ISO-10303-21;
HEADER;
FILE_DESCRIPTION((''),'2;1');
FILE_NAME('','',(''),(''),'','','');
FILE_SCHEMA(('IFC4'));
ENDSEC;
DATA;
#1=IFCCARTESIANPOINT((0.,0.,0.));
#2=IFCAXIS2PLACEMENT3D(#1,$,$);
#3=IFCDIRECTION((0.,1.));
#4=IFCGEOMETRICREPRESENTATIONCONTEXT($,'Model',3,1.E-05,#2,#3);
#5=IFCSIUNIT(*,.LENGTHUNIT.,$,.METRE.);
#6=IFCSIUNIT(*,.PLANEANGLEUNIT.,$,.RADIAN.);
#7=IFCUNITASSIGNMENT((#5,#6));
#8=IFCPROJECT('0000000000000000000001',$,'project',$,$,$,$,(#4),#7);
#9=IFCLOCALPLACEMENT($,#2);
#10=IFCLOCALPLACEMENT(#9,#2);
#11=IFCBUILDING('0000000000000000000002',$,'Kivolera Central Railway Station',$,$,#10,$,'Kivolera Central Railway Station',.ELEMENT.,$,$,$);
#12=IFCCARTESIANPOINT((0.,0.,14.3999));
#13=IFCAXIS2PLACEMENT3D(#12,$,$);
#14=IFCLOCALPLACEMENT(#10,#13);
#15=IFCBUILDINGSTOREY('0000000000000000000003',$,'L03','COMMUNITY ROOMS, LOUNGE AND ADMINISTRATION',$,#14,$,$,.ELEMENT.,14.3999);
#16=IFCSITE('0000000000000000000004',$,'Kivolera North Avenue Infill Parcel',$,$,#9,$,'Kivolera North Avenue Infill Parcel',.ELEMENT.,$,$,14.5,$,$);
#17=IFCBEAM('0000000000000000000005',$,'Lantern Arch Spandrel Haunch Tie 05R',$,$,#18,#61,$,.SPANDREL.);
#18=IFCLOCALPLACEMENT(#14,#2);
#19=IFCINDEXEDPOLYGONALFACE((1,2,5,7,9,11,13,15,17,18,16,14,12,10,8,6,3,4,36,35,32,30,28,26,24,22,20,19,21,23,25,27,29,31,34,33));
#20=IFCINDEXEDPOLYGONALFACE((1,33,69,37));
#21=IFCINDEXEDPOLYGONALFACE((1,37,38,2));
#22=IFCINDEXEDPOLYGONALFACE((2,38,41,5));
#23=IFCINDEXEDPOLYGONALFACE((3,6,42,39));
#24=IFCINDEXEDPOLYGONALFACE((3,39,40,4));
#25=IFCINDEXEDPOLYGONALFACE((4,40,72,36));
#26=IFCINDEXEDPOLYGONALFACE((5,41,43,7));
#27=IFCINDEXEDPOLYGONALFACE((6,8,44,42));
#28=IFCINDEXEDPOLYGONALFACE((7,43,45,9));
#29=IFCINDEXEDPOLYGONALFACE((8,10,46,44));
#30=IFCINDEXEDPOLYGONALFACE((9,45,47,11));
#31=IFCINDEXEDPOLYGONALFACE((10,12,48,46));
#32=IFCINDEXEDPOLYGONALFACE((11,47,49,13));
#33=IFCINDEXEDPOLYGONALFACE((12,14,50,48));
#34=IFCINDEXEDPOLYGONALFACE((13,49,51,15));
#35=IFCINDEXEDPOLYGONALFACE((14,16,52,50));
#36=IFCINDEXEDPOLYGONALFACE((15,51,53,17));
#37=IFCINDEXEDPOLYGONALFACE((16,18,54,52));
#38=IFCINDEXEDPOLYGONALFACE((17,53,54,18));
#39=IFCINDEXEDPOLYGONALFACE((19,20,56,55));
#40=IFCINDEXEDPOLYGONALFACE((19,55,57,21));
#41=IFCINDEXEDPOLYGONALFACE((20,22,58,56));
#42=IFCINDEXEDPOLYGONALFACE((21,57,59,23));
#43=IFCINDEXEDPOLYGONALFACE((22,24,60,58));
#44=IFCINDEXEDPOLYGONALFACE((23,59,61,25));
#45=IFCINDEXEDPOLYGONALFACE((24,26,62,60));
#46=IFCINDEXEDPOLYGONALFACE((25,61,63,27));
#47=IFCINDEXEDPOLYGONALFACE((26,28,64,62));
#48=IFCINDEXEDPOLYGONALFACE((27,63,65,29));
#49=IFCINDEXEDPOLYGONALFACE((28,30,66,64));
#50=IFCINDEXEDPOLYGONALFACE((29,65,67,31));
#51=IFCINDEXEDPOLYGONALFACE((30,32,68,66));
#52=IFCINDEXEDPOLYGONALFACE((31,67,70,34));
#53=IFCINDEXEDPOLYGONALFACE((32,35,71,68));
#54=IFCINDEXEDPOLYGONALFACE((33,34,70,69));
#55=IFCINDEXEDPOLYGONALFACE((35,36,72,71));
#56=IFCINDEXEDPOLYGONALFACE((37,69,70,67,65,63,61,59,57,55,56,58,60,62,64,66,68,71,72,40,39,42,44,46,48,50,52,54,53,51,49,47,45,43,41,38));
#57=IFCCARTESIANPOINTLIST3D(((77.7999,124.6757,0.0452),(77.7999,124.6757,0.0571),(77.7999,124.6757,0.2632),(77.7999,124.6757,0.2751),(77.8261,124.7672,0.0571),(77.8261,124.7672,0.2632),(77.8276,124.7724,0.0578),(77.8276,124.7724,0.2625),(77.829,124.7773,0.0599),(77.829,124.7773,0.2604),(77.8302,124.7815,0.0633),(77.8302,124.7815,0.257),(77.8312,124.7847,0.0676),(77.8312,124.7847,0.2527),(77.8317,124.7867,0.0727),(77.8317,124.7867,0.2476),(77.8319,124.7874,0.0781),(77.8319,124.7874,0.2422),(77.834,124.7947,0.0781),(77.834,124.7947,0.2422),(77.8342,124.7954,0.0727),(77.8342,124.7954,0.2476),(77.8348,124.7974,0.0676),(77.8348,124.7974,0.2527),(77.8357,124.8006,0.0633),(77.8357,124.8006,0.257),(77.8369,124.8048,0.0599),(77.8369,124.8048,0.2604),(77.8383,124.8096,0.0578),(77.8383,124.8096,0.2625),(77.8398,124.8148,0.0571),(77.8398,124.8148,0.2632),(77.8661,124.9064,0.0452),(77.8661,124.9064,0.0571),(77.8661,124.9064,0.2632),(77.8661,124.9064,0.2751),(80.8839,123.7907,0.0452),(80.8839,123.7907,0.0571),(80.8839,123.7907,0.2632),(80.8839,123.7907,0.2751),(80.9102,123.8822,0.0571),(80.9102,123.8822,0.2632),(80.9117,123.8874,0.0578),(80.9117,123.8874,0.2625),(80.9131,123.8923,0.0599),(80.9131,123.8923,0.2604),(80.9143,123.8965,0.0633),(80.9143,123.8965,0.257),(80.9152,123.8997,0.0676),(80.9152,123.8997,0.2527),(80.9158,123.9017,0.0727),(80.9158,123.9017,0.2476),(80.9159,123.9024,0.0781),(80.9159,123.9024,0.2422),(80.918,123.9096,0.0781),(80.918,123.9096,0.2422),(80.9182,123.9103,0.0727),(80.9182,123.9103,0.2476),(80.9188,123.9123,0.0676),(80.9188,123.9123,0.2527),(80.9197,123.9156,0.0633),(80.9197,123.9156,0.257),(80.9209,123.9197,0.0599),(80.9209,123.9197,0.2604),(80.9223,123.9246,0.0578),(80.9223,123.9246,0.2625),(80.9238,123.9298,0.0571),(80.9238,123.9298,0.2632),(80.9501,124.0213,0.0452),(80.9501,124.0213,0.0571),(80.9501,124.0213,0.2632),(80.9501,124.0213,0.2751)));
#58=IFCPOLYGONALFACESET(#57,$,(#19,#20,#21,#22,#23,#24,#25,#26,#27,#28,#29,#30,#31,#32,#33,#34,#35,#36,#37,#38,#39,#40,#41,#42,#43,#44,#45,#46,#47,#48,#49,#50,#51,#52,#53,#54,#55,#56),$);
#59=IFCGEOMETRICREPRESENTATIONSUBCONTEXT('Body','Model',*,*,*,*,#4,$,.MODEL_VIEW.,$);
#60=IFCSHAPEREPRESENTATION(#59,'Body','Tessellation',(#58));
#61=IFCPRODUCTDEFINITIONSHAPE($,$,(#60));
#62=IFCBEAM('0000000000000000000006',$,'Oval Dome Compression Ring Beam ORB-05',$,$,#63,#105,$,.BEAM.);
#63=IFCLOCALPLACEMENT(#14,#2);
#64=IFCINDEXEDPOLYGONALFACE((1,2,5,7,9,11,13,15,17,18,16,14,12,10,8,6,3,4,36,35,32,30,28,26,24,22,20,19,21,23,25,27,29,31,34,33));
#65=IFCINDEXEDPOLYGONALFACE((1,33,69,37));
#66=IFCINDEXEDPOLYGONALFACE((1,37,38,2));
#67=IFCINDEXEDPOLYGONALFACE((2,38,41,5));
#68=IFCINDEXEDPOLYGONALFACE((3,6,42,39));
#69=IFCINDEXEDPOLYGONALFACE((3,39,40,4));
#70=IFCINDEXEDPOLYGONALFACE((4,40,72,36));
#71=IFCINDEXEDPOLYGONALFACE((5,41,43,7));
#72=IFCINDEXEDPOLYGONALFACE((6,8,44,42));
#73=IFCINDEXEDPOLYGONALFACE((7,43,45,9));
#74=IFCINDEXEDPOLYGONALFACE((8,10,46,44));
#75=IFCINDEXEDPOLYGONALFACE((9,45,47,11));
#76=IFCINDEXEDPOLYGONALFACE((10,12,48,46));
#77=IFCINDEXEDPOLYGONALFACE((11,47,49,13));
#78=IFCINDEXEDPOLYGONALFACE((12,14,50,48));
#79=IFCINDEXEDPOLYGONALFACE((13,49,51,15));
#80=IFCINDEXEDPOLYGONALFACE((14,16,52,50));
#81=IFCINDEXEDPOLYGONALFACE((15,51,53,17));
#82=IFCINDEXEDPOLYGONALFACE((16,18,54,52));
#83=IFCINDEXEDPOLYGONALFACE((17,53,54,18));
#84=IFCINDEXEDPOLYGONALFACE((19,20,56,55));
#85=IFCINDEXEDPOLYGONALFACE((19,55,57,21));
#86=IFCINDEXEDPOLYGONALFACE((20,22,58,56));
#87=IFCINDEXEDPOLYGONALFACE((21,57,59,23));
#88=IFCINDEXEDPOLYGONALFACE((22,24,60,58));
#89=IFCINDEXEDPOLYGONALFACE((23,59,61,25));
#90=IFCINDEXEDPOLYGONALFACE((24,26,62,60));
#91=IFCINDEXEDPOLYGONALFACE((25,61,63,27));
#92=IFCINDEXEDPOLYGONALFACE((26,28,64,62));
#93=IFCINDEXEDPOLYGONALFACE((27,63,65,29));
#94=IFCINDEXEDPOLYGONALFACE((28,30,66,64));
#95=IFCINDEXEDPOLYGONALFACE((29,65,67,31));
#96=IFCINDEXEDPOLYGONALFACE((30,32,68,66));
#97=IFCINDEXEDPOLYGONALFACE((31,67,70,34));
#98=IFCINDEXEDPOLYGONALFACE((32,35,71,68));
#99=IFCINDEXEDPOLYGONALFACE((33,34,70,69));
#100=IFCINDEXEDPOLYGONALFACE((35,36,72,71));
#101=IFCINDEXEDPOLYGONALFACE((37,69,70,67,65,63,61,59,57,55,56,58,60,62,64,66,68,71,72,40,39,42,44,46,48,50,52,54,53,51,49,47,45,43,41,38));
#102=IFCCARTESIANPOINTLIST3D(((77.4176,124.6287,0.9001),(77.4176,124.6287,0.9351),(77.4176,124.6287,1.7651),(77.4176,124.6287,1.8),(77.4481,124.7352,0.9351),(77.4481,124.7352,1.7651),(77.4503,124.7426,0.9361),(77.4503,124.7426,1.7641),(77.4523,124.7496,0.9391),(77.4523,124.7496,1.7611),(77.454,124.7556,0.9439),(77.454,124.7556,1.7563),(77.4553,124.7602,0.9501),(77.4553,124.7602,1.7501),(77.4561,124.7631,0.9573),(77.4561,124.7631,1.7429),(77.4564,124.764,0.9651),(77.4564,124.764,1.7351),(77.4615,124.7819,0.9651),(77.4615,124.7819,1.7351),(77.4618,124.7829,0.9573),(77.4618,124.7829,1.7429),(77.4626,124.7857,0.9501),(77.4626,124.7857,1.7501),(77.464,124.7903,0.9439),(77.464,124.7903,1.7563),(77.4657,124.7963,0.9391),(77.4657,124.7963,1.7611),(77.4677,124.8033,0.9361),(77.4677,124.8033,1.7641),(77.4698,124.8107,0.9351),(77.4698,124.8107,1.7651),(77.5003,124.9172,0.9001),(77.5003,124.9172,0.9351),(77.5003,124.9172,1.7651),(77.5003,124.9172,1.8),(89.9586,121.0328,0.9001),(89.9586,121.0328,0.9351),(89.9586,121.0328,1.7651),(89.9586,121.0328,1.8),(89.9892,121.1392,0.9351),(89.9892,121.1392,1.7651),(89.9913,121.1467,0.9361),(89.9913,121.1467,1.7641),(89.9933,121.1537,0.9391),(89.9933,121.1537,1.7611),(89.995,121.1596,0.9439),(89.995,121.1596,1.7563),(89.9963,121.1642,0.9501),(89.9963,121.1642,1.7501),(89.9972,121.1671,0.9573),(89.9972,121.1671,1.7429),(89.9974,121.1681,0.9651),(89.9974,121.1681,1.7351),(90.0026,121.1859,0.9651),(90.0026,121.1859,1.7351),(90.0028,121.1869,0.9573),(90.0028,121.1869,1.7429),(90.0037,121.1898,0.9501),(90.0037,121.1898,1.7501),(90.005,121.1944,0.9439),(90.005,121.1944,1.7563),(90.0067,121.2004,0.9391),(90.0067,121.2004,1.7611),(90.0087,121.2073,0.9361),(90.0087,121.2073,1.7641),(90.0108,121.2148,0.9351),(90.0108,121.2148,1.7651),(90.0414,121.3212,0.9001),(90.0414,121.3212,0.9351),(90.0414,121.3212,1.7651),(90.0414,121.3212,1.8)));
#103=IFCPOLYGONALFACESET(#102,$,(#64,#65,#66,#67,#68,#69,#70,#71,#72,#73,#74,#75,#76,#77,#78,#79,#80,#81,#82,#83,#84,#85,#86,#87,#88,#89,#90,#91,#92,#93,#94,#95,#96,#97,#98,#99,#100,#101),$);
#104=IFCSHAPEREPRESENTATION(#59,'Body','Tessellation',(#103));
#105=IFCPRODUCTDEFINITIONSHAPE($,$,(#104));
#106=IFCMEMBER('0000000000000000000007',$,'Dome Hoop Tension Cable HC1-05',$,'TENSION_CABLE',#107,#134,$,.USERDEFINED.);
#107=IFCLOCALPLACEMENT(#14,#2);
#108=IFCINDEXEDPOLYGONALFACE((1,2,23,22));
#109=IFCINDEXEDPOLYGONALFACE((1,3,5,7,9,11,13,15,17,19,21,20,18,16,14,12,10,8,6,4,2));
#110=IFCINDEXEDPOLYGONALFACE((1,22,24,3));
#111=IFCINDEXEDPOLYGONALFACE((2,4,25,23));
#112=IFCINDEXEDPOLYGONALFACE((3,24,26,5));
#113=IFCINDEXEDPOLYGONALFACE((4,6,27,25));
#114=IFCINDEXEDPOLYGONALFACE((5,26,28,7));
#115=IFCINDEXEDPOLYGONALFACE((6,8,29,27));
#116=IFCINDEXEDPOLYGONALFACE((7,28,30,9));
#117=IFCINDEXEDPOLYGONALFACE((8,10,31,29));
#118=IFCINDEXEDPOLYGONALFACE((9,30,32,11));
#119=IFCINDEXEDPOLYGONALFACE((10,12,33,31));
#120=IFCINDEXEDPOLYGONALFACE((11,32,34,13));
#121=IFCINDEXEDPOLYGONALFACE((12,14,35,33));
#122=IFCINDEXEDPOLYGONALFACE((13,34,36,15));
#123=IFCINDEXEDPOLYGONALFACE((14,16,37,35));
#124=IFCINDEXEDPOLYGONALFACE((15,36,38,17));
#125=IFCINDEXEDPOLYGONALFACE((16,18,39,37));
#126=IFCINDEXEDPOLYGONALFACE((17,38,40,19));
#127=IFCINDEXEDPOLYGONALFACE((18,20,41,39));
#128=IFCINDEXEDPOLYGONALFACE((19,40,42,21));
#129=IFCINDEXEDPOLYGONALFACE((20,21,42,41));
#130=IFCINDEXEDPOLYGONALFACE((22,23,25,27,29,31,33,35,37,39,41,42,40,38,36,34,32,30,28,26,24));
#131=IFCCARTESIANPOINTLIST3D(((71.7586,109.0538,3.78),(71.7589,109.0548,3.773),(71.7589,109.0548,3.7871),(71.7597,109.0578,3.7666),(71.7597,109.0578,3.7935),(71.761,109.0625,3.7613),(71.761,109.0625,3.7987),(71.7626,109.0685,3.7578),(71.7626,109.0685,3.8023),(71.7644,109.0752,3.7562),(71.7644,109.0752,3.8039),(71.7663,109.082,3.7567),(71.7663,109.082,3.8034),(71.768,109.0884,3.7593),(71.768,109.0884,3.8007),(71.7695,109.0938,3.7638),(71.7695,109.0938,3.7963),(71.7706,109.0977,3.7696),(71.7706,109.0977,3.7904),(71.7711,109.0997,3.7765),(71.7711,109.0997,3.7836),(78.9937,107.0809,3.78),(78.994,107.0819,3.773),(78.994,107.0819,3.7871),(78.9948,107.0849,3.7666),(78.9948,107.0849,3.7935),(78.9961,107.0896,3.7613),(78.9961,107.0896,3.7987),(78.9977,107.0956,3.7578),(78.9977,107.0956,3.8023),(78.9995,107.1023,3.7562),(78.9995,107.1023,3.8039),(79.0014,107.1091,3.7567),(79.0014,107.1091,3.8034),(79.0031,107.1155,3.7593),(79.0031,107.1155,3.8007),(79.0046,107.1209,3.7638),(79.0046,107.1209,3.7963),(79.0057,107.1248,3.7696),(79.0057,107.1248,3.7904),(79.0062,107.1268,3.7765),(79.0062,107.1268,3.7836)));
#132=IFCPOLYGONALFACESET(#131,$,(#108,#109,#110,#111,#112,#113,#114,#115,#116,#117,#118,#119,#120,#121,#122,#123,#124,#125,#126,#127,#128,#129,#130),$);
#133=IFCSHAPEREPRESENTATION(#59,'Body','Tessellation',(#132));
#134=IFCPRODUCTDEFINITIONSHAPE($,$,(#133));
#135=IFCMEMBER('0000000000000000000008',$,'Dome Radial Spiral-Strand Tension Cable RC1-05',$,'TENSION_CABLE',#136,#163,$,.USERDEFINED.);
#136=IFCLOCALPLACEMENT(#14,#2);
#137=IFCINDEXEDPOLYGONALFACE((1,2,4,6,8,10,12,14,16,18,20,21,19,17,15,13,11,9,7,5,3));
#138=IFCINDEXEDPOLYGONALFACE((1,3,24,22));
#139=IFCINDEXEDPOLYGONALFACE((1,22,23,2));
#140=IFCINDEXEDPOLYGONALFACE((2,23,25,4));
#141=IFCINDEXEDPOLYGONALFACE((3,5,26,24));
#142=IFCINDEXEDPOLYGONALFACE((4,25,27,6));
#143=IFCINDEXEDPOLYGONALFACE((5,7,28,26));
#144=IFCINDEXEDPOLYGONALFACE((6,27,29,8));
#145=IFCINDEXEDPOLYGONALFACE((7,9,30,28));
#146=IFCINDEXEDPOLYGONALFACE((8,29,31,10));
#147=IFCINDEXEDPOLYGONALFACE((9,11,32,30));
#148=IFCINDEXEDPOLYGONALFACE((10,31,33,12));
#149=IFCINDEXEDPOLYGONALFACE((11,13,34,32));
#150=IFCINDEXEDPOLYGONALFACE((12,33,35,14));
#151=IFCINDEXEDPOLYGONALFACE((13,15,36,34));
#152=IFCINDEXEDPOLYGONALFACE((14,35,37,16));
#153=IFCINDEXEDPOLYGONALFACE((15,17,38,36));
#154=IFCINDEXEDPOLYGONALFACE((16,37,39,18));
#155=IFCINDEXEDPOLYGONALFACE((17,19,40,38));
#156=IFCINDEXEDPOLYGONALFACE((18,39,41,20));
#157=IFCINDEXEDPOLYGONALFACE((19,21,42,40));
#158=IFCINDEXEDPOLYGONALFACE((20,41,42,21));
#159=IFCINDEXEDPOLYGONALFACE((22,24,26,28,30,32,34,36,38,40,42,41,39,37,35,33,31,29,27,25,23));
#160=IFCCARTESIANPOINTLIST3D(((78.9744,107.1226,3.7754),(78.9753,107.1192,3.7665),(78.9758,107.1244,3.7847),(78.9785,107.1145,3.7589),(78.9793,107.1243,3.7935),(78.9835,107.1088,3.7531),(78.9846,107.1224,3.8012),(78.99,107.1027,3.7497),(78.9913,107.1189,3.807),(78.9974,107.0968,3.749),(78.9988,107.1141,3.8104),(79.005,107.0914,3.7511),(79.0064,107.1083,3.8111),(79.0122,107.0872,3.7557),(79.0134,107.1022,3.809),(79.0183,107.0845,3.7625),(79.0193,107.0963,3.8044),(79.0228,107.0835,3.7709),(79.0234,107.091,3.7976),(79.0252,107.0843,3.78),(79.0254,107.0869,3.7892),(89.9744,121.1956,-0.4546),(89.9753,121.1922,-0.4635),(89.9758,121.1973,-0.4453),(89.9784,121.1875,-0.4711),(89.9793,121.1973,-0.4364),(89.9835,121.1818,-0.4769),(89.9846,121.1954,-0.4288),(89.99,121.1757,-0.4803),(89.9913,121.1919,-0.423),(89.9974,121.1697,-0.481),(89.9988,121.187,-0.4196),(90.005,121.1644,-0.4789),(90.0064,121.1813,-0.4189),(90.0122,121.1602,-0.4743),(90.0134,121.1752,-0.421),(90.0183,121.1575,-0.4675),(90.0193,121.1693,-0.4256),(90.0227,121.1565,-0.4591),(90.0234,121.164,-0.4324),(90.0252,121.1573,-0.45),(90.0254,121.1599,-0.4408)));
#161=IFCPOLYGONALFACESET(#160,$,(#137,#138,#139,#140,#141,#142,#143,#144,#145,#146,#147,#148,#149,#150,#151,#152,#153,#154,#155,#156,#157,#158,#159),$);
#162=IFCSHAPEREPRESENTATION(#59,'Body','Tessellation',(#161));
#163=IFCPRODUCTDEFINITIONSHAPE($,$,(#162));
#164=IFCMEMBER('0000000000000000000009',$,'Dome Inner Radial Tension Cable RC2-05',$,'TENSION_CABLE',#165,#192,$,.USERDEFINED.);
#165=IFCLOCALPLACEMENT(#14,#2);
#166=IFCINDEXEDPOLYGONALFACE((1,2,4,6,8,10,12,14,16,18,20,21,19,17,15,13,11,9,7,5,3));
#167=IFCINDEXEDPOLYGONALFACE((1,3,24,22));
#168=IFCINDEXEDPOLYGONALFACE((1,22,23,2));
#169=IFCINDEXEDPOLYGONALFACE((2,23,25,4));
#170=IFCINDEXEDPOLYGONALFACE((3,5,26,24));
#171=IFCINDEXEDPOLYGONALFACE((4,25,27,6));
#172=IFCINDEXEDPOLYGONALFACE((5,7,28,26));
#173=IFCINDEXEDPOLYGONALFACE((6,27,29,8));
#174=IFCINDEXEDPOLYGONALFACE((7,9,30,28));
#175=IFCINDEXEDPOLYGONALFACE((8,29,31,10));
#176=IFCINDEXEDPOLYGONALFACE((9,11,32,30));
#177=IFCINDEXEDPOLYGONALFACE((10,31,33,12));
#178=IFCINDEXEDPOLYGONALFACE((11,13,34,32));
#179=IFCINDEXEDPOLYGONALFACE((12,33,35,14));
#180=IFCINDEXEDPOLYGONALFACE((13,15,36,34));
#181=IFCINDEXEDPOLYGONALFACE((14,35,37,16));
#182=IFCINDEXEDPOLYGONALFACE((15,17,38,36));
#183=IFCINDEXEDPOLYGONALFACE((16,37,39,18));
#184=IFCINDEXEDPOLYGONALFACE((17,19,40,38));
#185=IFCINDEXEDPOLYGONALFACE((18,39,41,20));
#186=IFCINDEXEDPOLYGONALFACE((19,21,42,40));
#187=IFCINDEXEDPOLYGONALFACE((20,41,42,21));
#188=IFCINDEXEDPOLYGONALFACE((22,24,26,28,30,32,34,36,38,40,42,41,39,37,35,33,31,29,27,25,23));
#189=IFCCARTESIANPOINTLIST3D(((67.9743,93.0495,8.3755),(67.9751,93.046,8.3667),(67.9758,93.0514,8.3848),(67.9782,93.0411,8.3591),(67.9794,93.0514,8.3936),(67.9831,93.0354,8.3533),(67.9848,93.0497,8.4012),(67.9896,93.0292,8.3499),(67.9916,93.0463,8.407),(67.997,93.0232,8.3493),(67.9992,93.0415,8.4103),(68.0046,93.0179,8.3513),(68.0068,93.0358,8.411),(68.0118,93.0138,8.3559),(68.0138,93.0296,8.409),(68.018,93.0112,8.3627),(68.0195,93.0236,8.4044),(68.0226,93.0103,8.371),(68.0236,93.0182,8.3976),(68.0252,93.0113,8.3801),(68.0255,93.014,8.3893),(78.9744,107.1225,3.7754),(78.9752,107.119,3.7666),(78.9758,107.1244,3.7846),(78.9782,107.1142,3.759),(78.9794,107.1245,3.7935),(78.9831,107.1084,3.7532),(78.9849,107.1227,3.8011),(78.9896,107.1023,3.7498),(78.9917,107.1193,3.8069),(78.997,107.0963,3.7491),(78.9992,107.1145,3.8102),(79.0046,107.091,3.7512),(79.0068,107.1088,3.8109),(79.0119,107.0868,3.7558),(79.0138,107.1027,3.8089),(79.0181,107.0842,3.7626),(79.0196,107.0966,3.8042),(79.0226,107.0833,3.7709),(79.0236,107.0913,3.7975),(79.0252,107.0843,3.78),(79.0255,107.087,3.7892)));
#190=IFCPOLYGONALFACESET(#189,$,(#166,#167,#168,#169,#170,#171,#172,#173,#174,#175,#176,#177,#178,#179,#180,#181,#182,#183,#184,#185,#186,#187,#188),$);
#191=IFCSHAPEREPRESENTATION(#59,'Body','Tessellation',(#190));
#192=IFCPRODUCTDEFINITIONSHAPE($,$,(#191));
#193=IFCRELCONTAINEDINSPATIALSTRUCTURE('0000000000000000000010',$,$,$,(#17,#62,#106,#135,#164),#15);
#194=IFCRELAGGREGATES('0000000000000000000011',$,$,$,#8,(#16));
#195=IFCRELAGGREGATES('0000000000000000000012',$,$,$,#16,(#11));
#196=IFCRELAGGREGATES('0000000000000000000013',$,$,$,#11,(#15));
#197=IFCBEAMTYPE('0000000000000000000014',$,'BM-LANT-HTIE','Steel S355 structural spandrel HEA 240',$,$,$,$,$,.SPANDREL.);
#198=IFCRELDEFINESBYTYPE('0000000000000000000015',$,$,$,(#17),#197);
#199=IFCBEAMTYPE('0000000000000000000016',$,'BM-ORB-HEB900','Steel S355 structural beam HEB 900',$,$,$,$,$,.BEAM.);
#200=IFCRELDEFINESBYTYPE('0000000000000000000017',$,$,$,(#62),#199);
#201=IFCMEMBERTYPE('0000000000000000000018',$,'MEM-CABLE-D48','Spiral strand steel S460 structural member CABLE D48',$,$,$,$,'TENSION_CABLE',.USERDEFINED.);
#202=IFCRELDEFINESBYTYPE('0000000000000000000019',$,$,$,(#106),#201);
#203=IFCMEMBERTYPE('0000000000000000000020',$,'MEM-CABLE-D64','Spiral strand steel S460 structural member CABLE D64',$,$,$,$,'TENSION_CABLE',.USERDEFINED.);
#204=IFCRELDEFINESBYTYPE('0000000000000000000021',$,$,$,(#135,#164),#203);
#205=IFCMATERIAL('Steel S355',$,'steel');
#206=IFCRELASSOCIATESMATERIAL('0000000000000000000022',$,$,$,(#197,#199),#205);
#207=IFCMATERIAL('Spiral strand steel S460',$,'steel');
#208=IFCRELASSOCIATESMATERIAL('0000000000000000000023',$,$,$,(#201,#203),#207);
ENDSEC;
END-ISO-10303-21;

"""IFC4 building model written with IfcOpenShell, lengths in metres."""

from ifc_helpers import new_model, si_unit, direction, frame, origin, origin_2d, place, context, subcontext, project, spatial, circle, i_section, extrude, material, material_profile, profile_set, type_object, element, save


model = new_model("IFC4")

# Units and contexts
model_context = context("Model", 3, precision=1e-05, world=origin(), true_north=direction((0.0, 1.0)))
body_context = subcontext(model_context, "Body", "Model", "MODEL_VIEW")
ifc_project = project(units=[si_unit("LENGTHUNIT", "METRE"), si_unit("PLANEANGLEUNIT", "RADIAN")], contexts=[model_context])

# Site, building, storey
site_placement = place(None, origin())
site = spatial("IfcSite", under=ifc_project, at=site_placement, Name="Kivolera North Avenue Infill Parcel", LongName="Kivolera North Avenue Infill Parcel", CompositionType="ELEMENT", RefElevation=14.5)
building_placement = place(site_placement, origin())
building = spatial("IfcBuilding", under=site, at=building_placement, Name="Kivolera Central Railway Station", LongName="Kivolera Central Railway Station", CompositionType="ELEMENT")
storey_placement = place(building_placement, frame((0.0, 0.0, 14.3999)))
storey = spatial("IfcBuildingStorey", under=building, at=storey_placement, Name="L03", Description="COMMUNITY ROOMS, LOUNGE AND ADMINISTRATION", CompositionType="ELEMENT", Elevation=14.3999)

# Beams
ifc_material_1 = material(Name="Steel S355", Category="steel")
ifc_material_profile_1 = material_profile(ifc_material_1, i_section(OverallWidth=0.24, OverallDepth=0.23, WebThickness=0.0076, FlangeThickness=0.012, FilletRadius=0.021, at=origin_2d()), Name="HEA 240")
ifc_profile_set_1 = profile_set([ifc_material_profile_1], Name="Steel S355")
beam_type_1 = type_object("IfcBeamType", Name="BM-LANT-HTIE", Description="Steel S355 structural spandrel HEA 240", PredefinedType="SPANDREL", material=ifc_profile_set_1)
beam_1_placement = place(storey_placement, frame((80.917, 123.906, 0.1602), z_axis=(-0.961205, 0.275836, 0.0), x_axis=(-0.275836, -0.961205, 0.0)))
element("IfcBeam", 1, at=beam_1_placement, inside=storey, type_object=beam_type_1, Name="Lantern Arch Spandrel Haunch Tie 05R", PredefinedType="SPANDREL", context=body_context, shape_type="SweptSolid", body=[
    extrude(i_section(OverallWidth=0.24, OverallDepth=0.23, WebThickness=0.0076, FlangeThickness=0.012, FilletRadius=0.021, at=origin_2d()), origin(), (0.0, 0.0, 1.0), 3.2085),
])
ifc_material_profile_2 = material_profile(ifc_material_1, i_section(OverallWidth=0.3, OverallDepth=0.8999, WebThickness=0.0186, FlangeThickness=0.0349, FilletRadius=0.03, at=origin_2d()), Name="HEB 900")
ifc_profile_set_2 = profile_set([ifc_material_profile_2], Name="Steel S355")
beam_type_2 = type_object("IfcBeamType", Name="BM-ORB-HEB900", Description="Steel S355 structural beam HEB 900", PredefinedType="BEAM", material=ifc_profile_set_2)
beam_2_placement = place(storey_placement, frame((90.0, 121.177, 1.3501), z_axis=(-0.961264, 0.275628, 0.0), x_axis=(-0.275628, -0.961264, 0.0)))
element("IfcBeam", 2, at=beam_2_placement, inside=storey, type_object=beam_type_2, Name="Oval Dome Compression Ring Beam ORB-05", PredefinedType="BEAM", context=body_context, shape_type="SweptSolid", body=[
    extrude(i_section(OverallWidth=0.3, OverallDepth=0.8999, WebThickness=0.0186, FlangeThickness=0.0349, FilletRadius=0.03, at=origin_2d()), origin(), (0.0, 0.0, 1.0), 13.0464),
])

# Members
ifc_material_2 = material(Name="Spiral strand steel S460", Category="steel")
ifc_material_profile_3 = material_profile(ifc_material_2, circle(Radius=0.0239, at=origin_2d()), Name="CABLE D48")
ifc_profile_set_3 = profile_set([ifc_material_profile_3], Name="Spiral strand steel S460")
member_type_1 = type_object("IfcMemberType", Name="MEM-CABLE-D48", Description="Spiral strand steel S460 structural member CABLE D48", ElementType="TENSION_CABLE", PredefinedType="USERDEFINED", material=ifc_profile_set_3)
member_1_placement = place(storey_placement, frame((79.0, 107.104, 3.78), z_axis=(-0.964774, 0.263079, 0.0), x_axis=(-0.263079, -0.964774, 0.0)))
element("IfcMember", 3, at=member_1_placement, inside=storey, type_object=member_type_1, Name="Dome Hoop Tension Cable HC1-05", ObjectType="TENSION_CABLE", PredefinedType="USERDEFINED", context=body_context, shape_type="SweptSolid", body=[
    extrude(circle(Radius=0.0239, at=origin_2d()), origin(), (0.0, 0.0, 1.0), 7.4993),
])
ifc_material_profile_4 = material_profile(ifc_material_2, circle(Radius=0.032, at=origin_2d()), Name="CABLE D64")
ifc_profile_set_4 = profile_set([ifc_material_profile_4], Name="Spiral strand steel S460")
member_type_2 = type_object("IfcMemberType", Name="MEM-CABLE-D64", Description="Spiral strand steel S460 structural member CABLE D64", ElementType="TENSION_CABLE", PredefinedType="USERDEFINED", material=ifc_profile_set_4)
member_2_placement = place(storey_placement, frame((90.0, 121.177, -0.45), z_axis=(-0.59926, -0.766671, 0.230442), x_axis=(0.787876, -0.615834, 0.0)))
element("IfcMember", 4, at=member_2_placement, inside=storey, type_object=member_type_2, Name="Dome Radial Spiral-Strand Tension Cable RC1-05", ObjectType="TENSION_CABLE", PredefinedType="USERDEFINED", context=body_context, shape_type="SweptSolid", body=[
    extrude(circle(Radius=0.032, at=origin_2d()), origin(), (0.0, 0.0, 1.0), 18.356),
])
member_3_placement = place(storey_placement, frame((79.0, 107.104, 3.78), z_axis=(-0.596374, -0.76298, 0.249398), x_axis=(0.787876, -0.615834, 0.0)))
element("IfcMember", 5, at=member_3_placement, inside=storey, type_object=member_type_2, Name="Dome Inner Radial Tension Cable RC2-05", ObjectType="TENSION_CABLE", PredefinedType="USERDEFINED", context=body_context, shape_type="SweptSolid", body=[
    extrude(circle(Radius=0.032, at=origin_2d()), origin(), (0.0, 0.0, 1.0), 18.4448),
])

save(model, "model.ifc")
